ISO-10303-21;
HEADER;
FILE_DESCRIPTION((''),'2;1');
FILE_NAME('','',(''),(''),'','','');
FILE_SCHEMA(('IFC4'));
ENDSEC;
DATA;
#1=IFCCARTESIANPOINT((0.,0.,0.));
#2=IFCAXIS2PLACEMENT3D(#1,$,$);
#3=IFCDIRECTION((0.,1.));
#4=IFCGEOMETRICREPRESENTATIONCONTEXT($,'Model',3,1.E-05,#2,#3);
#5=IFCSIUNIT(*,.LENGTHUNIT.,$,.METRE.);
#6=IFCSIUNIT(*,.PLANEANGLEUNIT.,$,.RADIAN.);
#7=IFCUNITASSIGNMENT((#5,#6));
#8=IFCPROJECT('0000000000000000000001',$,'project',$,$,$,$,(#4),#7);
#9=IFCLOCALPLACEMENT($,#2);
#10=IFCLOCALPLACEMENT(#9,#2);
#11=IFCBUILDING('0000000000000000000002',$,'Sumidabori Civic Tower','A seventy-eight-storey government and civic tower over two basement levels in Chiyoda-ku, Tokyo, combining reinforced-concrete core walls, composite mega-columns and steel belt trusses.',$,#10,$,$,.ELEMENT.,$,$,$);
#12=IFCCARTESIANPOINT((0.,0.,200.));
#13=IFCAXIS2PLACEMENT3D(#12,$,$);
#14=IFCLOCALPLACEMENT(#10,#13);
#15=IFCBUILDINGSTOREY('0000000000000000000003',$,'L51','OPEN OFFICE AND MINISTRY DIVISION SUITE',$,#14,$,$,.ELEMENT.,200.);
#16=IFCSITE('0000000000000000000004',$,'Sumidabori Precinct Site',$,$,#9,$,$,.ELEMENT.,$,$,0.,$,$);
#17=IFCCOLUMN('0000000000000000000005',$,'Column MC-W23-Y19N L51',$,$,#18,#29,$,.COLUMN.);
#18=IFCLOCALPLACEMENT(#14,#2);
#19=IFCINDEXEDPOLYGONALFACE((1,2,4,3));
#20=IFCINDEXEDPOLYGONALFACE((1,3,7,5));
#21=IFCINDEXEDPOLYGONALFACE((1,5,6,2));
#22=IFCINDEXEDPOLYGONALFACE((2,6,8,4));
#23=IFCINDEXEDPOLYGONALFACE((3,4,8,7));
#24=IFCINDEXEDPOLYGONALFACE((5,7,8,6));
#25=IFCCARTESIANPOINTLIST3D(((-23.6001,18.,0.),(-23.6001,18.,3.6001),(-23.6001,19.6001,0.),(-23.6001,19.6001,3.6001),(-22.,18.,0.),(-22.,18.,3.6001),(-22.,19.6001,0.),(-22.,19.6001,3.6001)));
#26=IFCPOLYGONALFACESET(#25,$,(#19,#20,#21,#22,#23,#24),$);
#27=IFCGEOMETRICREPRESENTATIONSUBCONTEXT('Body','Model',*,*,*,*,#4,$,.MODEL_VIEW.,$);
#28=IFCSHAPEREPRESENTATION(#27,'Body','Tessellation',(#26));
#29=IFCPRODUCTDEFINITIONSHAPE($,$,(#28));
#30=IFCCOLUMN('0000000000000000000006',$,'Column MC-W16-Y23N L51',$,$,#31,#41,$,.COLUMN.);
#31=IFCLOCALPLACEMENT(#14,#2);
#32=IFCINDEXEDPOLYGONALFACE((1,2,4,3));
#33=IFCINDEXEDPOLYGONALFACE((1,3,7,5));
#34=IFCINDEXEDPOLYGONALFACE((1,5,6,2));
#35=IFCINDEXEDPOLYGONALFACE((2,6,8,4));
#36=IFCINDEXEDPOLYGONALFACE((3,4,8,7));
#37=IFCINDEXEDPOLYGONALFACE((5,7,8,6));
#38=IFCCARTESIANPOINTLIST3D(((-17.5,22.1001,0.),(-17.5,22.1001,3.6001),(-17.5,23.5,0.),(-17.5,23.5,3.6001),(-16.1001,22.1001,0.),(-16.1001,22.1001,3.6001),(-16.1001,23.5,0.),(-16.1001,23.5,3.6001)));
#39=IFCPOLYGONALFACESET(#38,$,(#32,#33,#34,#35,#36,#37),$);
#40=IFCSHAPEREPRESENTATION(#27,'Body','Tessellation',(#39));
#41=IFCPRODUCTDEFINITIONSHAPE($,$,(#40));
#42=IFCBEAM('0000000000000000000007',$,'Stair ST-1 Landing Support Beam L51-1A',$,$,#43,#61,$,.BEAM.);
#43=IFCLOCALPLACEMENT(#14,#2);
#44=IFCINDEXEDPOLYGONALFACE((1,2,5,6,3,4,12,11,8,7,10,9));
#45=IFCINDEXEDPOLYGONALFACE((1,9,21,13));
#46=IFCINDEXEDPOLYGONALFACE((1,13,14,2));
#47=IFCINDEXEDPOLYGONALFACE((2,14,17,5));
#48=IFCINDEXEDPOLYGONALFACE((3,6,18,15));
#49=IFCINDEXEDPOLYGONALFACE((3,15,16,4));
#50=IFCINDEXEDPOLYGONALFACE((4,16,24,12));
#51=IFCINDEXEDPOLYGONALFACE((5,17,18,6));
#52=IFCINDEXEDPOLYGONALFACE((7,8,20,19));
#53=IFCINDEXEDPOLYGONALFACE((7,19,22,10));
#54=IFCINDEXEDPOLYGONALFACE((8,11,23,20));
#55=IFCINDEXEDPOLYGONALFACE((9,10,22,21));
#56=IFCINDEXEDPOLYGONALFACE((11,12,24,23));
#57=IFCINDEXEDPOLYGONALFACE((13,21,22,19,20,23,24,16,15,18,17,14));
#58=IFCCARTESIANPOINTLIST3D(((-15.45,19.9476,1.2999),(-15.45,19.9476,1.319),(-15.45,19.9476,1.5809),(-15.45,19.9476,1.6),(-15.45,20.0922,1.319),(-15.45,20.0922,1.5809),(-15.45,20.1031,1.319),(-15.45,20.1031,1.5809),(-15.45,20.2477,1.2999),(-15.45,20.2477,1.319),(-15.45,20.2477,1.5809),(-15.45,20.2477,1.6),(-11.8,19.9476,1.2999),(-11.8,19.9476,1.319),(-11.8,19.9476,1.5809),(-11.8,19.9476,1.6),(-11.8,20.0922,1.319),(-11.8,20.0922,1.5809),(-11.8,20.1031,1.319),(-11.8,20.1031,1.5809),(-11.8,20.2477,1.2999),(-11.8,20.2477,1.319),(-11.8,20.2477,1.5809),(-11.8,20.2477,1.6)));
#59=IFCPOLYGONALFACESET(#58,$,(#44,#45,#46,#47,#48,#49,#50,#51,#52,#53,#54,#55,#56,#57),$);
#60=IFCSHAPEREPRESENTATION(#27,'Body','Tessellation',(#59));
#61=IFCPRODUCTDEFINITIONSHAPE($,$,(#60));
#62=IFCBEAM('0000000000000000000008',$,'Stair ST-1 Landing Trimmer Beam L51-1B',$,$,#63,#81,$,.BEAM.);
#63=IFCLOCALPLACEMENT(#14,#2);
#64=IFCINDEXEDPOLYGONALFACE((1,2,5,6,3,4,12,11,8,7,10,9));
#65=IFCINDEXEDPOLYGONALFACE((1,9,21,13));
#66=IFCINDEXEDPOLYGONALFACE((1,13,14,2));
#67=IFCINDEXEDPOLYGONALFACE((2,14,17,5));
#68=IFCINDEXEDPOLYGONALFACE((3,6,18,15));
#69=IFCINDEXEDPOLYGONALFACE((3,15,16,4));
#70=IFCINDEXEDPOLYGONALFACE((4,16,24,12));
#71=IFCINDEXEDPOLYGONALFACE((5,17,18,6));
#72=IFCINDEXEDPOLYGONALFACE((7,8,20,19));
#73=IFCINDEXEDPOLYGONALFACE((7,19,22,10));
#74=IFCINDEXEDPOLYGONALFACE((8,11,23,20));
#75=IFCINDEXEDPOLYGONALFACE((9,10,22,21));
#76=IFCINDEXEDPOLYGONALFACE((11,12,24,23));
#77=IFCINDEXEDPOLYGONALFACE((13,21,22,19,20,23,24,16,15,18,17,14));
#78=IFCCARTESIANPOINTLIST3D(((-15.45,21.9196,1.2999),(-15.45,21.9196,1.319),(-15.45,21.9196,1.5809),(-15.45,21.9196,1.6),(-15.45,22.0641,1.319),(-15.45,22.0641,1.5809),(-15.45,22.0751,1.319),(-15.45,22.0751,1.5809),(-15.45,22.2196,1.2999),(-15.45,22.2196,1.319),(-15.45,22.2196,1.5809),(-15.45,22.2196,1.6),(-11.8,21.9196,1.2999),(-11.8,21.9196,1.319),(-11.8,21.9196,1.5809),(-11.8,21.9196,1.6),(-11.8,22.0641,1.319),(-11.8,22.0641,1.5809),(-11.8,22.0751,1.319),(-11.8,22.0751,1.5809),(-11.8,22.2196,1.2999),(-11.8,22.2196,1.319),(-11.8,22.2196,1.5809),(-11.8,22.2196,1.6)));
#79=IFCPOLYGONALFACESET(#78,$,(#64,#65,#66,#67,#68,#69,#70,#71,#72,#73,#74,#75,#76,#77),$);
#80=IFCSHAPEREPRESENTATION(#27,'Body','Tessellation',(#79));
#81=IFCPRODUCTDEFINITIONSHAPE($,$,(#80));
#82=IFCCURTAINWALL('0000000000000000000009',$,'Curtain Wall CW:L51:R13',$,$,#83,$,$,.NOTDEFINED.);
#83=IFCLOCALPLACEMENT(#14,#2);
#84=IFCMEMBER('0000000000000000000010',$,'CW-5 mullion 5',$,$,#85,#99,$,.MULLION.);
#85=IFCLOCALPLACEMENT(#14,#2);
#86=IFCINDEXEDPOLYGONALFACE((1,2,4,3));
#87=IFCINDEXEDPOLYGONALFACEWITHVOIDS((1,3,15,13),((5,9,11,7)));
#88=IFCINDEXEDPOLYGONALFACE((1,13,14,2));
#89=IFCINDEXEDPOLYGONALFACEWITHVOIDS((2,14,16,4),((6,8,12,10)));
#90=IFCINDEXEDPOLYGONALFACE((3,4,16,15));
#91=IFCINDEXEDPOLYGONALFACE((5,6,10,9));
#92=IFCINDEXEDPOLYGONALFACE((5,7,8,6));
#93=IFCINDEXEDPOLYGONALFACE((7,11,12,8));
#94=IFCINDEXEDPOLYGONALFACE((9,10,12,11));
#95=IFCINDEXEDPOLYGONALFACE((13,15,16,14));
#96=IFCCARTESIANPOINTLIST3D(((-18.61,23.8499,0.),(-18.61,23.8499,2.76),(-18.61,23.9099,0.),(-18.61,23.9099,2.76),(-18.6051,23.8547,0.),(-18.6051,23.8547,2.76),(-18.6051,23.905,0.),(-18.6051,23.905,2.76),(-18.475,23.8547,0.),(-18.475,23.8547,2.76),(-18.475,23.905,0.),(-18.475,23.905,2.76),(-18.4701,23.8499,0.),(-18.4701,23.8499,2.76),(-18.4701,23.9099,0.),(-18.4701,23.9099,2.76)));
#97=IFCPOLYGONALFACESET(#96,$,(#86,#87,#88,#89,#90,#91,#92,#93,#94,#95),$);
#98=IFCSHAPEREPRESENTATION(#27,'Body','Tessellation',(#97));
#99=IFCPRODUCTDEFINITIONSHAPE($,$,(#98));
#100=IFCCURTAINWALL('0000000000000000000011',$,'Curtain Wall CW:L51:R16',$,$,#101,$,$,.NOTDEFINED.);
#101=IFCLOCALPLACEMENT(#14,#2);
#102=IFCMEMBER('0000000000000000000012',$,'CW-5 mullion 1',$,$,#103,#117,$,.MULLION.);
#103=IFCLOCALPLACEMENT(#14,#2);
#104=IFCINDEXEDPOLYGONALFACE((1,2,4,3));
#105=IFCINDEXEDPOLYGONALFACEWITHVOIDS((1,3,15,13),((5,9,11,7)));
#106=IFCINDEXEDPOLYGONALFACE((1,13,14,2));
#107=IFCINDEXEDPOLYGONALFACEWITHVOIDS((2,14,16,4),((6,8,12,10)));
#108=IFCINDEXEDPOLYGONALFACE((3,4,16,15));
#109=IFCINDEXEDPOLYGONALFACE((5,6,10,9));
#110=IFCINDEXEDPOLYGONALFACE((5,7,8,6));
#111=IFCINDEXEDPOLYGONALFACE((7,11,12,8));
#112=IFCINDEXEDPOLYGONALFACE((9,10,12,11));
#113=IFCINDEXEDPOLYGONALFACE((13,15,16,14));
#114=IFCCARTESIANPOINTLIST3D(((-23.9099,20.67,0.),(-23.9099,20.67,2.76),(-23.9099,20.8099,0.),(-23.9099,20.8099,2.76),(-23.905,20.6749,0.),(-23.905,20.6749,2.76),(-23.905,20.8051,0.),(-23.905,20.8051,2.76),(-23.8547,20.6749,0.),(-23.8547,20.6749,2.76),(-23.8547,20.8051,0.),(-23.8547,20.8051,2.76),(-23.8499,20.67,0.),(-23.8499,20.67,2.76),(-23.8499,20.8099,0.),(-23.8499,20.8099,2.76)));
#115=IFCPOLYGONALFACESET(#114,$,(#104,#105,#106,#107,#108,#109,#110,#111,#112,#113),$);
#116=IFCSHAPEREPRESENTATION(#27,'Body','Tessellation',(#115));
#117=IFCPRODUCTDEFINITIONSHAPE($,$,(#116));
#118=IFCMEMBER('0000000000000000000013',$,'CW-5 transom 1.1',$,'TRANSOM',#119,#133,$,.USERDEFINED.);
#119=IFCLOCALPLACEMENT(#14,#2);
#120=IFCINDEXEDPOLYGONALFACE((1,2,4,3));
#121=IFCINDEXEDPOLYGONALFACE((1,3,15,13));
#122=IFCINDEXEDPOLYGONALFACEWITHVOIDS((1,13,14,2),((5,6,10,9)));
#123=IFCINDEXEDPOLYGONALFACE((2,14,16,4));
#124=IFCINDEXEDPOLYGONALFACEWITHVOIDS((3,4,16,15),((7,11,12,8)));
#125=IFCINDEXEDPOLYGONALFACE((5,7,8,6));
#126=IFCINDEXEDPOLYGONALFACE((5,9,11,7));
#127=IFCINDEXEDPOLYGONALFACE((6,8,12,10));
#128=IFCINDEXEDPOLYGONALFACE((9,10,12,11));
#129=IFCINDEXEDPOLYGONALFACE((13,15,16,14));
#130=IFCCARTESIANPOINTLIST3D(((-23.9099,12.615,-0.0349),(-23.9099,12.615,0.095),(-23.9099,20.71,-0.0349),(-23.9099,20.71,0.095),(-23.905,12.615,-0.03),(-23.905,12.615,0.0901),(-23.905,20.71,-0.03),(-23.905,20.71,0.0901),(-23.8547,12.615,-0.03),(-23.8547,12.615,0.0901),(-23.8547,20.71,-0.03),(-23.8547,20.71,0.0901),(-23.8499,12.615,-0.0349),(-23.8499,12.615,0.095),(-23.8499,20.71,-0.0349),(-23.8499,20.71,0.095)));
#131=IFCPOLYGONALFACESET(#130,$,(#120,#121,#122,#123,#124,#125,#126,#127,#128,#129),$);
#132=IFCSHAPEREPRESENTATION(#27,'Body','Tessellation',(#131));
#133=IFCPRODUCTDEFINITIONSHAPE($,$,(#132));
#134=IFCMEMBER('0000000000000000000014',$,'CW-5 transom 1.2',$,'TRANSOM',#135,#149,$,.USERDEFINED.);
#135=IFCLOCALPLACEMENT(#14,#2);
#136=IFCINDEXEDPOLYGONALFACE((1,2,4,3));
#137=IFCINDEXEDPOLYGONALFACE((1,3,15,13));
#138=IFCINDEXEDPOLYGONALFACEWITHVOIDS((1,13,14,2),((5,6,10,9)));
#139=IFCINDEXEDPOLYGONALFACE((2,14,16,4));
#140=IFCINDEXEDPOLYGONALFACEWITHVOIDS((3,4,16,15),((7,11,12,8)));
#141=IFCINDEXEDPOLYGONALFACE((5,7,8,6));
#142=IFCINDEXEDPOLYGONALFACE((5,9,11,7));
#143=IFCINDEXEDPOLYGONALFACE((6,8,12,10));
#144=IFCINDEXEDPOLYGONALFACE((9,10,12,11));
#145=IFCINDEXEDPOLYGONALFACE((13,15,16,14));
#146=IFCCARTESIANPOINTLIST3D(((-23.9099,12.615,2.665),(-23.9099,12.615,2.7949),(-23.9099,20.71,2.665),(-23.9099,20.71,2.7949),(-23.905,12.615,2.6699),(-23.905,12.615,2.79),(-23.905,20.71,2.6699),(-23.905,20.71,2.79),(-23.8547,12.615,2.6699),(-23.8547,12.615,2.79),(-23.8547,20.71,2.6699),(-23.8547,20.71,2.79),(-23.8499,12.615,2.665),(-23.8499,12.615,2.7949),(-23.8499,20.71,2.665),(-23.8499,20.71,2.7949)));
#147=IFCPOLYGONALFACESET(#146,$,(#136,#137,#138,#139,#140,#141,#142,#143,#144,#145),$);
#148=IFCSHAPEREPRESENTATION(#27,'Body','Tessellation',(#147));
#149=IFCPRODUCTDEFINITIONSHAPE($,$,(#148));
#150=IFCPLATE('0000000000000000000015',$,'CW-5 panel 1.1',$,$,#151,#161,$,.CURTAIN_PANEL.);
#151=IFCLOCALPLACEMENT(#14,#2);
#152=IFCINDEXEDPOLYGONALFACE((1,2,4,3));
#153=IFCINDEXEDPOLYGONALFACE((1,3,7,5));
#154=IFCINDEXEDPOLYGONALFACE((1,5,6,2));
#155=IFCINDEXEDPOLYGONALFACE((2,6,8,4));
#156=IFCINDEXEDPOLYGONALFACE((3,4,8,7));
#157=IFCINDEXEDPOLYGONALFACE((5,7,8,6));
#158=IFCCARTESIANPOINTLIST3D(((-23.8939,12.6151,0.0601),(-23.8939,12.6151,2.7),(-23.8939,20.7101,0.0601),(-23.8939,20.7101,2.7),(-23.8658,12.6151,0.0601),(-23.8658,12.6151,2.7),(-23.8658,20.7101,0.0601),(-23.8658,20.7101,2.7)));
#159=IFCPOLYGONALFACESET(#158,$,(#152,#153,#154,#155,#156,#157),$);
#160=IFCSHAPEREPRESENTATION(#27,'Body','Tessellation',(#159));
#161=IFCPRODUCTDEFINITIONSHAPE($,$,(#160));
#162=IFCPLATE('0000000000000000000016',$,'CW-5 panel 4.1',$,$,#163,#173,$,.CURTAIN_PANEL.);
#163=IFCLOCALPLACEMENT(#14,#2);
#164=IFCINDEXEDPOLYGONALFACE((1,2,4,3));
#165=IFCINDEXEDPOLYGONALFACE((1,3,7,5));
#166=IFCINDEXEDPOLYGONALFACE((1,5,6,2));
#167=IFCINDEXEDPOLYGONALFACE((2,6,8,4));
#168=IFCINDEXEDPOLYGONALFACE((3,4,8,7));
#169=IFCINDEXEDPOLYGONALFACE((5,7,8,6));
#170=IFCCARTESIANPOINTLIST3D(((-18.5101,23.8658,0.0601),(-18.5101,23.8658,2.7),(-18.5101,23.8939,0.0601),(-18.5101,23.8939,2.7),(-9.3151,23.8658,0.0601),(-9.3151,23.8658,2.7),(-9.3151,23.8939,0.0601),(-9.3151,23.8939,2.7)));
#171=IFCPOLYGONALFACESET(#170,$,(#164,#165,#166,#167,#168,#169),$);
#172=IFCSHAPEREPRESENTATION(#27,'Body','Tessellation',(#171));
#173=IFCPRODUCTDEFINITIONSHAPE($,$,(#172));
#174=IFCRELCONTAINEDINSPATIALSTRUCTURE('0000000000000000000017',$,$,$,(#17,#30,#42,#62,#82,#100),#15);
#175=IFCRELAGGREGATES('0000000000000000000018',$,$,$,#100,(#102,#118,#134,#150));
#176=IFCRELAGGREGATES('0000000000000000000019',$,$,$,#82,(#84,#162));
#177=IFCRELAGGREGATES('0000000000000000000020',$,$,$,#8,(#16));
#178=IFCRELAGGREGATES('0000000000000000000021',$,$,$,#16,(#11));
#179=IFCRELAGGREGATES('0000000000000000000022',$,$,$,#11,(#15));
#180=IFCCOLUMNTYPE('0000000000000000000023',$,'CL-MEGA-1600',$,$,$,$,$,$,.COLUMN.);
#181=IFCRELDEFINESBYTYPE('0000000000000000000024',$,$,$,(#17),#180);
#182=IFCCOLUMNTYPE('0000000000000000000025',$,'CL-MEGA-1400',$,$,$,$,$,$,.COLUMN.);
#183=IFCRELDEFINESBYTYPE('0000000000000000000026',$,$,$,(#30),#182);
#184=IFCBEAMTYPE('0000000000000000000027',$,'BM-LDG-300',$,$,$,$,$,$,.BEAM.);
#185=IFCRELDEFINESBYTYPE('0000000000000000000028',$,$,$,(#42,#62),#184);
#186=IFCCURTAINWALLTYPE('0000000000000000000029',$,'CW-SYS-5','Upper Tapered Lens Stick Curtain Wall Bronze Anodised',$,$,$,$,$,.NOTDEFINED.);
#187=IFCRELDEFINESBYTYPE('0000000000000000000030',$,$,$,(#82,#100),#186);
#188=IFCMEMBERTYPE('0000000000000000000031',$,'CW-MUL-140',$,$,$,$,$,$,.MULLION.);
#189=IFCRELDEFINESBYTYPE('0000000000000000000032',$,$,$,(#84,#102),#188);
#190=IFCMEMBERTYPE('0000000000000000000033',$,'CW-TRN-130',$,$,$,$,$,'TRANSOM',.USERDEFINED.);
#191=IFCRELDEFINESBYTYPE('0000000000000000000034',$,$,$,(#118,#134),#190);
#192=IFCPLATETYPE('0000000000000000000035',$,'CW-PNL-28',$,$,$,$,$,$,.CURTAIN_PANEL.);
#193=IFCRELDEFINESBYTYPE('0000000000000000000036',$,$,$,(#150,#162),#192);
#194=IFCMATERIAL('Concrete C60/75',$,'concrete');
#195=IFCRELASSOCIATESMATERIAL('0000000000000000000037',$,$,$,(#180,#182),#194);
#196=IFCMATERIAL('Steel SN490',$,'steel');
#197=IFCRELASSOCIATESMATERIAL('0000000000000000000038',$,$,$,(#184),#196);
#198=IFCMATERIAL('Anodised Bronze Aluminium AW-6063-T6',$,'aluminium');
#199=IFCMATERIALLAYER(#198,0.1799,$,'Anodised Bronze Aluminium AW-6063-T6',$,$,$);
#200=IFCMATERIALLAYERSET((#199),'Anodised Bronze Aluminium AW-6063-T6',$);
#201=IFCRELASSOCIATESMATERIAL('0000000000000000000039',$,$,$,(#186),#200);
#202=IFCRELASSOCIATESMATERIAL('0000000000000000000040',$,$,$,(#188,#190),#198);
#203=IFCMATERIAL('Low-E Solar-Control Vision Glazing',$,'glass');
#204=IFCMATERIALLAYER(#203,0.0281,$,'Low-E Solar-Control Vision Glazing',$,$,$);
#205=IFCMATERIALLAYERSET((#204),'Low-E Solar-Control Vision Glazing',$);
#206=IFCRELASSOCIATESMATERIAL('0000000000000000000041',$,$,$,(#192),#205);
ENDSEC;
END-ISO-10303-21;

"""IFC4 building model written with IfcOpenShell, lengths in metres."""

from ifc_helpers import new_model, si_unit, direction, frame, origin, origin_2d, place, context, subcontext, project, spatial, rectangle, hollow_rectangle, i_section, extrude, source, transform, mapped, material, layer, layer_set, material_profile, profile_set, type_object, element, aggregate, save


model = new_model("IFC4")

# Units and contexts
model_context = context("Model", 3, precision=1e-05, world=origin(), true_north=direction((0.0, 1.0)))
body_context = subcontext(model_context, "Body", "Model", "MODEL_VIEW")
ifc_project = project(units=[si_unit("LENGTHUNIT", "METRE"), si_unit("PLANEANGLEUNIT", "RADIAN")], contexts=[model_context])

# Site, building, storey
site_placement = place(None, origin())
site = spatial("IfcSite", under=ifc_project, at=site_placement, Name="Sumidabori Precinct Site", CompositionType="ELEMENT", RefElevation=0.0)
building_placement = place(site_placement, origin())
building = spatial("IfcBuilding", under=site, at=building_placement, Name="Sumidabori Civic Tower", Description="A seventy-eight-storey government and civic tower over two basement levels in Chiyoda-ku, Tokyo, combining reinforced-concrete core walls, composite mega-columns and steel belt trusses.", CompositionType="ELEMENT")
storey_placement = place(building_placement, frame((0.0, 0.0, 200.0)))
storey = spatial("IfcBuildingStorey", under=building, at=storey_placement, Name="L51", Description="OPEN OFFICE AND MINISTRY DIVISION SUITE", CompositionType="ELEMENT", Elevation=200.0)

# Columns
ifc_material_1 = material(Name="Concrete C60/75", Category="concrete")
ifc_material_profile_1 = material_profile(ifc_material_1, rectangle(XDim=1.6001, YDim=1.6001, at=origin_2d()), Name="RC 1600x1600")
ifc_profile_set_1 = profile_set([ifc_material_profile_1], Name="Concrete C60/75")
column_type_1 = type_object("IfcColumnType", Name="CL-MEGA-1600", PredefinedType="COLUMN", material=ifc_profile_set_1)
shared_shape_1 = source(origin(), body_context, "Body", "SweptSolid", [
    extrude(rectangle(XDim=1.6001, YDim=1.6001, at=origin_2d()), origin(), (0.0, 0.0, 1.0), 3.6001),
])
column_1_placement = place(storey_placement, frame((-22.8, 18.8, 0.0), z_axis=(0.0, 0.0, 1.0), x_axis=(1.0, 0.0, 0.0)))
element("IfcColumn", 1, at=column_1_placement, inside=storey, type_object=column_type_1, Name="Column MC-W23-Y19N L51", PredefinedType="COLUMN", context=body_context, shape_type="MappedRepresentation", body=[
    mapped(shared_shape_1, transform((0.0, 0.0, 0.0), x_axis=(1.0, 0.0, 0.0), y_axis=(0.0, 1.0, 0.0), z_axis=(0.0, 0.0, 1.0), scale=1.0)),
])
ifc_material_profile_2 = material_profile(ifc_material_1, rectangle(XDim=1.3999, YDim=1.3999, at=origin_2d()), Name="RC 1400x1400")
ifc_profile_set_2 = profile_set([ifc_material_profile_2], Name="Concrete C60/75")
column_type_2 = type_object("IfcColumnType", Name="CL-MEGA-1400", PredefinedType="COLUMN", material=ifc_profile_set_2)
shared_shape_2 = source(origin(), body_context, "Body", "SweptSolid", [
    extrude(rectangle(XDim=1.3999, YDim=1.3999, at=origin_2d()), origin(), (0.0, 0.0, 1.0), 3.6001),
])
column_2_placement = place(storey_placement, frame((-16.8, 22.8, 0.0), z_axis=(0.0, 0.0, 1.0), x_axis=(1.0, 0.0, 0.0)))
element("IfcColumn", 2, at=column_2_placement, inside=storey, type_object=column_type_2, Name="Column MC-W16-Y23N L51", PredefinedType="COLUMN", context=body_context, shape_type="MappedRepresentation", body=[
    mapped(shared_shape_2, transform((0.0, 0.0, 0.0), x_axis=(1.0, 0.0, 0.0), y_axis=(0.0, 1.0, 0.0), z_axis=(0.0, 0.0, 1.0), scale=1.0)),
])

# Beams
ifc_material_2 = material(Name="Steel SN490", Category="steel")
ifc_material_profile_3 = material_profile(ifc_material_2, i_section(OverallWidth=0.3, OverallDepth=0.3, WebThickness=0.011, FlangeThickness=0.019, at=origin_2d()), Name="HE 300 B")
ifc_profile_set_3 = profile_set([ifc_material_profile_3], Name="Steel SN490")
beam_type = type_object("IfcBeamType", Name="BM-LDG-300", PredefinedType="BEAM", material=ifc_profile_set_3)
shared_shape_3 = source(origin(), body_context, "Body", "SweptSolid", [
    extrude(i_section(OverallWidth=0.3, OverallDepth=0.3, WebThickness=0.011, FlangeThickness=0.019, at=origin_2d()), origin(), (0.0, 0.0, 1.0), 3.6499),
])
for number, where, z_axis, x_axis, name in (
    (3, (-15.45, 20.0977, 1.45), (1.0, 0.0, 0.0), (0.0, 1.0, 0.0), "Stair ST-1 Landing Support Beam L51-1A"),
    (4, (-15.45, 22.0696, 1.45), (1.0, 0.0, 0.0), (0.0, 1.0, 0.0), "Stair ST-1 Landing Trimmer Beam L51-1B"),
):
    element("IfcBeam", number, at=place(storey_placement, frame(where, z_axis=z_axis, x_axis=x_axis)), inside=storey, type_object=beam_type, Name=name, PredefinedType="BEAM", context=body_context, shape_type="MappedRepresentation", body=[
        mapped(shared_shape_3, transform((0.0, 0.0, 0.0), x_axis=(1.0, 0.0, 0.0), y_axis=(0.0, 1.0, 0.0), z_axis=(0.0, 0.0, 1.0), scale=1.0)),
    ])

# Curtain wall, member
ifc_material_3 = material(Name="Anodised Bronze Aluminium AW-6063-T6", Category="aluminium")
ifc_layer_1 = layer(ifc_material_3, 0.1799, Name="Anodised Bronze Aluminium AW-6063-T6")
ifc_layer_set_1 = layer_set([ifc_layer_1], Name="Anodised Bronze Aluminium AW-6063-T6")
curtain_wall_type = type_object("IfcCurtainWallType", Name="CW-SYS-5", Description="Upper Tapered Lens Stick Curtain Wall Bronze Anodised", PredefinedType="NOTDEFINED", material=ifc_layer_set_1)
curtain_wall_1_placement = place(storey_placement, origin())
curtain_wall_1 = element("IfcCurtainWall", 5, at=curtain_wall_1_placement, inside=storey, type_object=curtain_wall_type, Name="Curtain Wall CW:L51:R13", PredefinedType="NOTDEFINED")
ifc_material_profile_4 = material_profile(ifc_material_3, hollow_rectangle(XDim=0.0601, YDim=0.1399, WallThickness=0.0049, at=origin_2d()), Name="ALU MULLION 140x60")
ifc_profile_set_4 = profile_set([ifc_material_profile_4], Name="Anodised Bronze Aluminium AW-6063-T6")
member_type_1 = type_object("IfcMemberType", Name="CW-MUL-140", PredefinedType="MULLION", material=ifc_profile_set_4)
shared_shape_4 = source(origin(), body_context, "Body", "SweptSolid", [
    extrude(hollow_rectangle(XDim=0.0601, YDim=0.1399, WallThickness=0.0049, at=origin_2d()), origin(), (0.0, 0.0, 1.0), 2.76),
])
member_1_placement = place(storey_placement, frame((-18.54, 23.8799, 0.0), z_axis=(0.0, 0.0, 1.0), x_axis=(0.0, -1.0, 0.0)))
member_1 = element("IfcMember", 6, at=member_1_placement, type_object=member_type_1, Name="CW-5 mullion 5", PredefinedType="MULLION", context=body_context, shape_type="MappedRepresentation", body=[
    mapped(shared_shape_4, transform((0.0, 0.0, 0.0), x_axis=(1.0, 0.0, 0.0), y_axis=(0.0, 1.0, 0.0), z_axis=(0.0, 0.0, 1.0), scale=1.0)),
])

# Curtain wall, members, plate
curtain_wall_2_placement = place(storey_placement, origin())
curtain_wall_2 = element("IfcCurtainWall", 7, at=curtain_wall_2_placement, inside=storey, type_object=curtain_wall_type, Name="Curtain Wall CW:L51:R16", PredefinedType="NOTDEFINED")
member_2_placement = place(storey_placement, frame((-23.8799, 20.74, 0.0), z_axis=(0.0, 0.0, 1.0), x_axis=(1.0, 0.0, 0.0)))
member_2 = element("IfcMember", 8, at=member_2_placement, type_object=member_type_1, Name="CW-5 mullion 1", PredefinedType="MULLION", context=body_context, shape_type="MappedRepresentation", body=[
    mapped(shared_shape_4, transform((0.0, 0.0, 0.0), x_axis=(1.0, 0.0, 0.0), y_axis=(0.0, 1.0, 0.0), z_axis=(0.0, 0.0, 1.0), scale=1.0)),
])
ifc_material_profile_5 = material_profile(ifc_material_3, hollow_rectangle(XDim=0.0601, YDim=0.1299, WallThickness=0.0049, at=origin_2d()), Name="ALU TRANSOM 130x60")
ifc_profile_set_5 = profile_set([ifc_material_profile_5], Name="Anodised Bronze Aluminium AW-6063-T6")
member_type_2 = type_object("IfcMemberType", Name="CW-TRN-130", ElementType="TRANSOM", PredefinedType="USERDEFINED", material=ifc_profile_set_5)
shared_shape_5 = source(origin(), body_context, "Body", "SweptSolid", [
    extrude(hollow_rectangle(XDim=0.0601, YDim=0.1299, WallThickness=0.0049, at=origin_2d()), origin(), (0.0, 0.0, 1.0), 8.095),
])
member_3_placement = place(storey_placement, frame((-23.8799, 20.71, 0.03), z_axis=(0.0, -1.0, 0.0), x_axis=(1.0, 0.0, 0.0)))
member_3 = element("IfcMember", 9, at=member_3_placement, type_object=member_type_2, Name="CW-5 transom 1.1", ObjectType="TRANSOM", PredefinedType="USERDEFINED", context=body_context, shape_type="MappedRepresentation", body=[
    mapped(shared_shape_5, transform((0.0, 0.0, 0.0), x_axis=(1.0, 0.0, 0.0), y_axis=(0.0, 1.0, 0.0), z_axis=(0.0, 0.0, 1.0), scale=1.0)),
])
member_4_placement = place(storey_placement, frame((-23.8799, 20.71, 2.73), z_axis=(0.0, -1.0, 0.0), x_axis=(1.0, 0.0, 0.0)))
member_4 = element("IfcMember", 10, at=member_4_placement, type_object=member_type_2, Name="CW-5 transom 1.2", ObjectType="TRANSOM", PredefinedType="USERDEFINED", context=body_context, shape_type="MappedRepresentation", body=[
    mapped(shared_shape_5, transform((0.0, 0.0, 0.0), x_axis=(1.0, 0.0, 0.0), y_axis=(0.0, 1.0, 0.0), z_axis=(0.0, 0.0, 1.0), scale=1.0)),
])
ifc_material_4 = material(Name="Low-E Solar-Control Vision Glazing", Category="glass")
ifc_layer_2 = layer(ifc_material_4, 0.0281, Name="Low-E Solar-Control Vision Glazing")
ifc_layer_set_2 = layer_set([ifc_layer_2], Name="Low-E Solar-Control Vision Glazing")
plate_type = type_object("IfcPlateType", Name="CW-PNL-28", PredefinedType="CURTAIN_PANEL", material=ifc_layer_set_2)
shared_shape_6 = source(origin(), body_context, "Body", "SweptSolid", [
    extrude(rectangle(XDim=8.095, YDim=0.0281, at=origin_2d()), origin(), (0.0, 0.0, 1.0), 2.6399),
])
plate_1_placement = place(storey_placement, frame((-23.8799, 16.6626, 0.0601), z_axis=(0.0, 0.0, 1.0), x_axis=(0.0, -1.0, 0.0)))
plate_1 = element("IfcPlate", 11, at=plate_1_placement, type_object=plate_type, Name="CW-5 panel 1.1", PredefinedType="CURTAIN_PANEL", context=body_context, shape_type="MappedRepresentation", body=[
    mapped(shared_shape_6, transform((0.0, 0.0, 0.0), x_axis=(1.0, 0.0, 0.0), y_axis=(0.0, 1.0, 0.0), z_axis=(0.0, 0.0, 1.0), scale=1.0)),
])
aggregate(curtain_wall_2, [member_2, member_3, member_4, plate_1])

# Plate
shared_shape_7 = source(origin(), body_context, "Body", "SweptSolid", [
    extrude(rectangle(XDim=9.1951, YDim=0.0281, at=origin_2d()), origin(), (0.0, 0.0, 1.0), 2.6399),
])
plate_2_placement = place(storey_placement, frame((-13.9126, 23.8799, 0.0601), z_axis=(0.0, 0.0, 1.0), x_axis=(-1.0, 0.0, 0.0)))
plate_2 = element("IfcPlate", 12, at=plate_2_placement, type_object=plate_type, Name="CW-5 panel 4.1", PredefinedType="CURTAIN_PANEL", context=body_context, shape_type="MappedRepresentation", body=[
    mapped(shared_shape_7, transform((0.0, 0.0, 0.0), x_axis=(1.0, 0.0, 0.0), y_axis=(0.0, 1.0, 0.0), z_axis=(0.0, 0.0, 1.0), scale=1.0)),
])
aggregate(curtain_wall_1, [member_1, plate_2])

save(model, "model.ifc")
